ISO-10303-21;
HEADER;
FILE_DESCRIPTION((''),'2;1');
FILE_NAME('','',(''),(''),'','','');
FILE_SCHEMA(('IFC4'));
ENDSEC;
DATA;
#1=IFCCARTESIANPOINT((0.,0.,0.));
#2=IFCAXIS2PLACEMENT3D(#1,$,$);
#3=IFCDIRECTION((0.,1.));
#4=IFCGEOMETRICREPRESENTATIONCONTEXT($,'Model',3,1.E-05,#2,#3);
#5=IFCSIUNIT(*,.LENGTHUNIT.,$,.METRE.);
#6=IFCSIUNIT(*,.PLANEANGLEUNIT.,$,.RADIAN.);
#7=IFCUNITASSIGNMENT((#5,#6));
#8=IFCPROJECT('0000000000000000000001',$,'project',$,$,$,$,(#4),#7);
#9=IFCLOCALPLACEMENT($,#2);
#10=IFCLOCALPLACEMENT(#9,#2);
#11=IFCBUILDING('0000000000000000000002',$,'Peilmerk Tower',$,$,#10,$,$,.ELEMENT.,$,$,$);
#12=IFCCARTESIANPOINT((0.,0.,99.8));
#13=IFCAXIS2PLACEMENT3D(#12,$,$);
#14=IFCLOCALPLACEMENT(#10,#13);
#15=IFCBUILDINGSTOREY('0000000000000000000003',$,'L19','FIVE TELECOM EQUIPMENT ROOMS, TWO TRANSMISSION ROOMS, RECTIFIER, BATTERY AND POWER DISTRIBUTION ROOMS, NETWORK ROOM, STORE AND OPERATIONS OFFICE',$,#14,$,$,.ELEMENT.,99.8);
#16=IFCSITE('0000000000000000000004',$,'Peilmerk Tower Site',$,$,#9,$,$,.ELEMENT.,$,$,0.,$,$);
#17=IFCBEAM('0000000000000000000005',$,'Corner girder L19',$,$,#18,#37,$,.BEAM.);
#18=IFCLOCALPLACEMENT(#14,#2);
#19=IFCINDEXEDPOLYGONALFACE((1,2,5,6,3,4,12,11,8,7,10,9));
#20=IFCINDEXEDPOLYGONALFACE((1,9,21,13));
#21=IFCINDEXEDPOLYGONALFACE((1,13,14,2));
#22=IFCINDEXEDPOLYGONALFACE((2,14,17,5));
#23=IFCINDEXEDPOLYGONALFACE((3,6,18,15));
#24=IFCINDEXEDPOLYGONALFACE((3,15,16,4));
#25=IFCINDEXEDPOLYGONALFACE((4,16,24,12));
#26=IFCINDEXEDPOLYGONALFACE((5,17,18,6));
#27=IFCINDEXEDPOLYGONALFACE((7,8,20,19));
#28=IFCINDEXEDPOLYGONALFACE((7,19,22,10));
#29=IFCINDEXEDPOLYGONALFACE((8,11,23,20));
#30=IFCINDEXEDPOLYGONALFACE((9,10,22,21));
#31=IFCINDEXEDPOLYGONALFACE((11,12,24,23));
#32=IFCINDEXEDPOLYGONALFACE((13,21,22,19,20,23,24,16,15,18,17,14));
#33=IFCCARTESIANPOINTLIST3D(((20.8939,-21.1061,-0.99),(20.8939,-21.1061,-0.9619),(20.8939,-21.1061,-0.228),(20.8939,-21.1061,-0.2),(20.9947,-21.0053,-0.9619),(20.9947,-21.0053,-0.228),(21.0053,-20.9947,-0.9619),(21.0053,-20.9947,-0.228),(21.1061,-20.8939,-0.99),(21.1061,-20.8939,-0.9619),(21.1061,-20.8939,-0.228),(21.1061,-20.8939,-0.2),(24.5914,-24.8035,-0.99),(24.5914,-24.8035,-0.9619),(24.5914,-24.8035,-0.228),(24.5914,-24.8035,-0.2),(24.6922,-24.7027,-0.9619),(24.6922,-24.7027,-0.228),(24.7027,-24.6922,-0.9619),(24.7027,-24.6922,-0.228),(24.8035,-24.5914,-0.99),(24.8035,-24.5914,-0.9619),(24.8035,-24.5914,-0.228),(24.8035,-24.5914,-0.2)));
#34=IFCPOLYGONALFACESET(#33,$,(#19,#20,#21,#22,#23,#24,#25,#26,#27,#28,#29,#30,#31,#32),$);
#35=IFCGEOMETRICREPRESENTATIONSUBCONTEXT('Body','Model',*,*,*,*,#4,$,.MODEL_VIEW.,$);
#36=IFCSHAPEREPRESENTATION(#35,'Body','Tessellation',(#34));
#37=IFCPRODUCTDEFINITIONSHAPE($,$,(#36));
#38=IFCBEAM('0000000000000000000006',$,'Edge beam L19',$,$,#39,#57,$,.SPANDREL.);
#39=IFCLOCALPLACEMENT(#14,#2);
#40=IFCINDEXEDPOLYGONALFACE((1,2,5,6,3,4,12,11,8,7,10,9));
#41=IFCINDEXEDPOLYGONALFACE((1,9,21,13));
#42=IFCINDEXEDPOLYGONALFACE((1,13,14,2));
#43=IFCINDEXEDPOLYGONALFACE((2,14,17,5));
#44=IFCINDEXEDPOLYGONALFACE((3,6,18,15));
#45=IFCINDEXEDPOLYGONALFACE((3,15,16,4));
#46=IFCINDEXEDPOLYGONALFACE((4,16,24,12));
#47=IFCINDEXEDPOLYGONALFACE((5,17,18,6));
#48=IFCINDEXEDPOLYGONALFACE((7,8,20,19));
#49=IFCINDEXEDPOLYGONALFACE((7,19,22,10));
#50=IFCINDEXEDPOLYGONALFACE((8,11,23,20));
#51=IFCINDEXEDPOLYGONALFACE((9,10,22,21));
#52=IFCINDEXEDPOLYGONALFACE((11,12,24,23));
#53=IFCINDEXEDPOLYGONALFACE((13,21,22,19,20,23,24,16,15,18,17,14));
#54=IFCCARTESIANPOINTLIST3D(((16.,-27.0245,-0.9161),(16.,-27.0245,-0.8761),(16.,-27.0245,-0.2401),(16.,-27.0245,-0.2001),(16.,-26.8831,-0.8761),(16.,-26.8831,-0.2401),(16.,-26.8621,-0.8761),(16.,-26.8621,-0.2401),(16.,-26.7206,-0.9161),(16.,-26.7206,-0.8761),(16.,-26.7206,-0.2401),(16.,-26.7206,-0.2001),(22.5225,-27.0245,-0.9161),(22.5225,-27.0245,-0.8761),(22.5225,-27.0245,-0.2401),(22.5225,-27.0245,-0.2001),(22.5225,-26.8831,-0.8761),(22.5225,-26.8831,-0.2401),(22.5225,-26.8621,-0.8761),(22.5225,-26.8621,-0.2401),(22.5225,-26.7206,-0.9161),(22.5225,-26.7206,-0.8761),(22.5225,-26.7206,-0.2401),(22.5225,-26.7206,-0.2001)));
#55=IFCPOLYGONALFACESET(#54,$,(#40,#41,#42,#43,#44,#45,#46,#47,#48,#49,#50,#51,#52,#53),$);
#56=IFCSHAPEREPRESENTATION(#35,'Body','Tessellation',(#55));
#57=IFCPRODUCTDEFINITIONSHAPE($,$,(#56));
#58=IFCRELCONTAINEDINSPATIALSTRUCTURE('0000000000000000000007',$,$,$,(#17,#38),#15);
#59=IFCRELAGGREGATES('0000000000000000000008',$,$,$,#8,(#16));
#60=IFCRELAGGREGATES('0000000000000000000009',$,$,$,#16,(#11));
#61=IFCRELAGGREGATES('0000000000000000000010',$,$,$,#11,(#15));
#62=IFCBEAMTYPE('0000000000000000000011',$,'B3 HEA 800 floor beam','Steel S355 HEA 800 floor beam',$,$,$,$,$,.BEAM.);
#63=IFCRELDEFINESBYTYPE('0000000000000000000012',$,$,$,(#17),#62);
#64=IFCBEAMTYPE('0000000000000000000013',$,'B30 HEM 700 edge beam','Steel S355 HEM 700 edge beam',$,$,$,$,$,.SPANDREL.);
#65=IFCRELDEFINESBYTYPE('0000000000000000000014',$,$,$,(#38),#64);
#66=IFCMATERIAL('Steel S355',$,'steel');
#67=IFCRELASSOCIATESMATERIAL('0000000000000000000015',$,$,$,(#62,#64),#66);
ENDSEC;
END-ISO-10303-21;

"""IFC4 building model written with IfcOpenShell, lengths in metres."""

from ifc_helpers import new_model, si_unit, direction, frame, origin, origin_2d, place, context, subcontext, project, spatial, i_section, extrude, material, material_profile, profile_set, type_object, element, save


model = new_model("IFC4")

# Units and contexts
model_context = context("Model", 3, precision=1e-05, world=origin(), true_north=direction((0.0, 1.0)))
body_context = subcontext(model_context, "Body", "Model", "MODEL_VIEW")
ifc_project = project(units=[si_unit("LENGTHUNIT", "METRE"), si_unit("PLANEANGLEUNIT", "RADIAN")], contexts=[model_context])

# Site, building, storey
site_placement = place(None, origin())
site = spatial("IfcSite", under=ifc_project, at=site_placement, Name="Peilmerk Tower Site", CompositionType="ELEMENT", RefElevation=0.0)
building_placement = place(site_placement, origin())
building = spatial("IfcBuilding", under=site, at=building_placement, Name="Peilmerk Tower", CompositionType="ELEMENT")
storey_placement = place(building_placement, frame((0.0, 0.0, 99.8)))
storey = spatial("IfcBuildingStorey", under=building, at=storey_placement, Name="L19", Description="FIVE TELECOM EQUIPMENT ROOMS, TWO TRANSMISSION ROOMS, RECTIFIER, BATTERY AND POWER DISTRIBUTION ROOMS, NETWORK ROOM, STORE AND OPERATIONS OFFICE", CompositionType="ELEMENT", Elevation=99.8)

# Beams
ifc_material_1 = material(Name="Steel S355", Category="steel")
ifc_material_profile_1 = material_profile(ifc_material_1, i_section(OverallWidth=0.3, OverallDepth=0.79, WebThickness=0.0149, FlangeThickness=0.0281, at=origin_2d()), Name="HEA 800")
ifc_profile_set_1 = profile_set([ifc_material_profile_1], Name="Steel S355")
beam_type_1 = type_object("IfcBeamType", Name="B3 HEA 800 floor beam", Description="Steel S355 HEA 800 floor beam", PredefinedType="BEAM", material=ifc_profile_set_1)
beam_1_placement = place(storey_placement, frame((21.0, -21.0, -0.595), z_axis=(0.707107, -0.707107, 0.0), x_axis=(0.707107, 0.707107, 0.0)))
element("IfcBeam", 1, at=beam_1_placement, inside=storey, type_object=beam_type_1, Name="Corner girder L19", PredefinedType="BEAM", context=body_context, shape_type="SweptSolid", body=[
    extrude(i_section(OverallWidth=0.3, OverallDepth=0.79, WebThickness=0.0149, FlangeThickness=0.0281, at=origin_2d()), origin(), (0.0, 0.0, 1.0), 5.229),
])
ifc_material_profile_2 = material_profile(ifc_material_1, i_section(OverallWidth=0.304, OverallDepth=0.7161, WebThickness=0.021, FlangeThickness=0.04, at=origin_2d()), Name="HEM 700")
ifc_profile_set_2 = profile_set([ifc_material_profile_2], Name="Steel S355")
beam_type_2 = type_object("IfcBeamType", Name="B30 HEM 700 edge beam", Description="Steel S355 HEM 700 edge beam", PredefinedType="SPANDREL", material=ifc_profile_set_2)
beam_2_placement = place(storey_placement, frame((16.0, -26.8726, -0.5581), z_axis=(1.0, 0.0, 0.0), x_axis=(0.0, 1.0, 0.0)))
element("IfcBeam", 2, at=beam_2_placement, inside=storey, type_object=beam_type_2, Name="Edge beam L19", PredefinedType="SPANDREL", context=body_context, shape_type="SweptSolid", body=[
    extrude(i_section(OverallWidth=0.304, OverallDepth=0.7161, WebThickness=0.021, FlangeThickness=0.04, at=origin_2d()), origin(), (0.0, 0.0, 1.0), 6.5225),
])

save(model, "model.ifc")
